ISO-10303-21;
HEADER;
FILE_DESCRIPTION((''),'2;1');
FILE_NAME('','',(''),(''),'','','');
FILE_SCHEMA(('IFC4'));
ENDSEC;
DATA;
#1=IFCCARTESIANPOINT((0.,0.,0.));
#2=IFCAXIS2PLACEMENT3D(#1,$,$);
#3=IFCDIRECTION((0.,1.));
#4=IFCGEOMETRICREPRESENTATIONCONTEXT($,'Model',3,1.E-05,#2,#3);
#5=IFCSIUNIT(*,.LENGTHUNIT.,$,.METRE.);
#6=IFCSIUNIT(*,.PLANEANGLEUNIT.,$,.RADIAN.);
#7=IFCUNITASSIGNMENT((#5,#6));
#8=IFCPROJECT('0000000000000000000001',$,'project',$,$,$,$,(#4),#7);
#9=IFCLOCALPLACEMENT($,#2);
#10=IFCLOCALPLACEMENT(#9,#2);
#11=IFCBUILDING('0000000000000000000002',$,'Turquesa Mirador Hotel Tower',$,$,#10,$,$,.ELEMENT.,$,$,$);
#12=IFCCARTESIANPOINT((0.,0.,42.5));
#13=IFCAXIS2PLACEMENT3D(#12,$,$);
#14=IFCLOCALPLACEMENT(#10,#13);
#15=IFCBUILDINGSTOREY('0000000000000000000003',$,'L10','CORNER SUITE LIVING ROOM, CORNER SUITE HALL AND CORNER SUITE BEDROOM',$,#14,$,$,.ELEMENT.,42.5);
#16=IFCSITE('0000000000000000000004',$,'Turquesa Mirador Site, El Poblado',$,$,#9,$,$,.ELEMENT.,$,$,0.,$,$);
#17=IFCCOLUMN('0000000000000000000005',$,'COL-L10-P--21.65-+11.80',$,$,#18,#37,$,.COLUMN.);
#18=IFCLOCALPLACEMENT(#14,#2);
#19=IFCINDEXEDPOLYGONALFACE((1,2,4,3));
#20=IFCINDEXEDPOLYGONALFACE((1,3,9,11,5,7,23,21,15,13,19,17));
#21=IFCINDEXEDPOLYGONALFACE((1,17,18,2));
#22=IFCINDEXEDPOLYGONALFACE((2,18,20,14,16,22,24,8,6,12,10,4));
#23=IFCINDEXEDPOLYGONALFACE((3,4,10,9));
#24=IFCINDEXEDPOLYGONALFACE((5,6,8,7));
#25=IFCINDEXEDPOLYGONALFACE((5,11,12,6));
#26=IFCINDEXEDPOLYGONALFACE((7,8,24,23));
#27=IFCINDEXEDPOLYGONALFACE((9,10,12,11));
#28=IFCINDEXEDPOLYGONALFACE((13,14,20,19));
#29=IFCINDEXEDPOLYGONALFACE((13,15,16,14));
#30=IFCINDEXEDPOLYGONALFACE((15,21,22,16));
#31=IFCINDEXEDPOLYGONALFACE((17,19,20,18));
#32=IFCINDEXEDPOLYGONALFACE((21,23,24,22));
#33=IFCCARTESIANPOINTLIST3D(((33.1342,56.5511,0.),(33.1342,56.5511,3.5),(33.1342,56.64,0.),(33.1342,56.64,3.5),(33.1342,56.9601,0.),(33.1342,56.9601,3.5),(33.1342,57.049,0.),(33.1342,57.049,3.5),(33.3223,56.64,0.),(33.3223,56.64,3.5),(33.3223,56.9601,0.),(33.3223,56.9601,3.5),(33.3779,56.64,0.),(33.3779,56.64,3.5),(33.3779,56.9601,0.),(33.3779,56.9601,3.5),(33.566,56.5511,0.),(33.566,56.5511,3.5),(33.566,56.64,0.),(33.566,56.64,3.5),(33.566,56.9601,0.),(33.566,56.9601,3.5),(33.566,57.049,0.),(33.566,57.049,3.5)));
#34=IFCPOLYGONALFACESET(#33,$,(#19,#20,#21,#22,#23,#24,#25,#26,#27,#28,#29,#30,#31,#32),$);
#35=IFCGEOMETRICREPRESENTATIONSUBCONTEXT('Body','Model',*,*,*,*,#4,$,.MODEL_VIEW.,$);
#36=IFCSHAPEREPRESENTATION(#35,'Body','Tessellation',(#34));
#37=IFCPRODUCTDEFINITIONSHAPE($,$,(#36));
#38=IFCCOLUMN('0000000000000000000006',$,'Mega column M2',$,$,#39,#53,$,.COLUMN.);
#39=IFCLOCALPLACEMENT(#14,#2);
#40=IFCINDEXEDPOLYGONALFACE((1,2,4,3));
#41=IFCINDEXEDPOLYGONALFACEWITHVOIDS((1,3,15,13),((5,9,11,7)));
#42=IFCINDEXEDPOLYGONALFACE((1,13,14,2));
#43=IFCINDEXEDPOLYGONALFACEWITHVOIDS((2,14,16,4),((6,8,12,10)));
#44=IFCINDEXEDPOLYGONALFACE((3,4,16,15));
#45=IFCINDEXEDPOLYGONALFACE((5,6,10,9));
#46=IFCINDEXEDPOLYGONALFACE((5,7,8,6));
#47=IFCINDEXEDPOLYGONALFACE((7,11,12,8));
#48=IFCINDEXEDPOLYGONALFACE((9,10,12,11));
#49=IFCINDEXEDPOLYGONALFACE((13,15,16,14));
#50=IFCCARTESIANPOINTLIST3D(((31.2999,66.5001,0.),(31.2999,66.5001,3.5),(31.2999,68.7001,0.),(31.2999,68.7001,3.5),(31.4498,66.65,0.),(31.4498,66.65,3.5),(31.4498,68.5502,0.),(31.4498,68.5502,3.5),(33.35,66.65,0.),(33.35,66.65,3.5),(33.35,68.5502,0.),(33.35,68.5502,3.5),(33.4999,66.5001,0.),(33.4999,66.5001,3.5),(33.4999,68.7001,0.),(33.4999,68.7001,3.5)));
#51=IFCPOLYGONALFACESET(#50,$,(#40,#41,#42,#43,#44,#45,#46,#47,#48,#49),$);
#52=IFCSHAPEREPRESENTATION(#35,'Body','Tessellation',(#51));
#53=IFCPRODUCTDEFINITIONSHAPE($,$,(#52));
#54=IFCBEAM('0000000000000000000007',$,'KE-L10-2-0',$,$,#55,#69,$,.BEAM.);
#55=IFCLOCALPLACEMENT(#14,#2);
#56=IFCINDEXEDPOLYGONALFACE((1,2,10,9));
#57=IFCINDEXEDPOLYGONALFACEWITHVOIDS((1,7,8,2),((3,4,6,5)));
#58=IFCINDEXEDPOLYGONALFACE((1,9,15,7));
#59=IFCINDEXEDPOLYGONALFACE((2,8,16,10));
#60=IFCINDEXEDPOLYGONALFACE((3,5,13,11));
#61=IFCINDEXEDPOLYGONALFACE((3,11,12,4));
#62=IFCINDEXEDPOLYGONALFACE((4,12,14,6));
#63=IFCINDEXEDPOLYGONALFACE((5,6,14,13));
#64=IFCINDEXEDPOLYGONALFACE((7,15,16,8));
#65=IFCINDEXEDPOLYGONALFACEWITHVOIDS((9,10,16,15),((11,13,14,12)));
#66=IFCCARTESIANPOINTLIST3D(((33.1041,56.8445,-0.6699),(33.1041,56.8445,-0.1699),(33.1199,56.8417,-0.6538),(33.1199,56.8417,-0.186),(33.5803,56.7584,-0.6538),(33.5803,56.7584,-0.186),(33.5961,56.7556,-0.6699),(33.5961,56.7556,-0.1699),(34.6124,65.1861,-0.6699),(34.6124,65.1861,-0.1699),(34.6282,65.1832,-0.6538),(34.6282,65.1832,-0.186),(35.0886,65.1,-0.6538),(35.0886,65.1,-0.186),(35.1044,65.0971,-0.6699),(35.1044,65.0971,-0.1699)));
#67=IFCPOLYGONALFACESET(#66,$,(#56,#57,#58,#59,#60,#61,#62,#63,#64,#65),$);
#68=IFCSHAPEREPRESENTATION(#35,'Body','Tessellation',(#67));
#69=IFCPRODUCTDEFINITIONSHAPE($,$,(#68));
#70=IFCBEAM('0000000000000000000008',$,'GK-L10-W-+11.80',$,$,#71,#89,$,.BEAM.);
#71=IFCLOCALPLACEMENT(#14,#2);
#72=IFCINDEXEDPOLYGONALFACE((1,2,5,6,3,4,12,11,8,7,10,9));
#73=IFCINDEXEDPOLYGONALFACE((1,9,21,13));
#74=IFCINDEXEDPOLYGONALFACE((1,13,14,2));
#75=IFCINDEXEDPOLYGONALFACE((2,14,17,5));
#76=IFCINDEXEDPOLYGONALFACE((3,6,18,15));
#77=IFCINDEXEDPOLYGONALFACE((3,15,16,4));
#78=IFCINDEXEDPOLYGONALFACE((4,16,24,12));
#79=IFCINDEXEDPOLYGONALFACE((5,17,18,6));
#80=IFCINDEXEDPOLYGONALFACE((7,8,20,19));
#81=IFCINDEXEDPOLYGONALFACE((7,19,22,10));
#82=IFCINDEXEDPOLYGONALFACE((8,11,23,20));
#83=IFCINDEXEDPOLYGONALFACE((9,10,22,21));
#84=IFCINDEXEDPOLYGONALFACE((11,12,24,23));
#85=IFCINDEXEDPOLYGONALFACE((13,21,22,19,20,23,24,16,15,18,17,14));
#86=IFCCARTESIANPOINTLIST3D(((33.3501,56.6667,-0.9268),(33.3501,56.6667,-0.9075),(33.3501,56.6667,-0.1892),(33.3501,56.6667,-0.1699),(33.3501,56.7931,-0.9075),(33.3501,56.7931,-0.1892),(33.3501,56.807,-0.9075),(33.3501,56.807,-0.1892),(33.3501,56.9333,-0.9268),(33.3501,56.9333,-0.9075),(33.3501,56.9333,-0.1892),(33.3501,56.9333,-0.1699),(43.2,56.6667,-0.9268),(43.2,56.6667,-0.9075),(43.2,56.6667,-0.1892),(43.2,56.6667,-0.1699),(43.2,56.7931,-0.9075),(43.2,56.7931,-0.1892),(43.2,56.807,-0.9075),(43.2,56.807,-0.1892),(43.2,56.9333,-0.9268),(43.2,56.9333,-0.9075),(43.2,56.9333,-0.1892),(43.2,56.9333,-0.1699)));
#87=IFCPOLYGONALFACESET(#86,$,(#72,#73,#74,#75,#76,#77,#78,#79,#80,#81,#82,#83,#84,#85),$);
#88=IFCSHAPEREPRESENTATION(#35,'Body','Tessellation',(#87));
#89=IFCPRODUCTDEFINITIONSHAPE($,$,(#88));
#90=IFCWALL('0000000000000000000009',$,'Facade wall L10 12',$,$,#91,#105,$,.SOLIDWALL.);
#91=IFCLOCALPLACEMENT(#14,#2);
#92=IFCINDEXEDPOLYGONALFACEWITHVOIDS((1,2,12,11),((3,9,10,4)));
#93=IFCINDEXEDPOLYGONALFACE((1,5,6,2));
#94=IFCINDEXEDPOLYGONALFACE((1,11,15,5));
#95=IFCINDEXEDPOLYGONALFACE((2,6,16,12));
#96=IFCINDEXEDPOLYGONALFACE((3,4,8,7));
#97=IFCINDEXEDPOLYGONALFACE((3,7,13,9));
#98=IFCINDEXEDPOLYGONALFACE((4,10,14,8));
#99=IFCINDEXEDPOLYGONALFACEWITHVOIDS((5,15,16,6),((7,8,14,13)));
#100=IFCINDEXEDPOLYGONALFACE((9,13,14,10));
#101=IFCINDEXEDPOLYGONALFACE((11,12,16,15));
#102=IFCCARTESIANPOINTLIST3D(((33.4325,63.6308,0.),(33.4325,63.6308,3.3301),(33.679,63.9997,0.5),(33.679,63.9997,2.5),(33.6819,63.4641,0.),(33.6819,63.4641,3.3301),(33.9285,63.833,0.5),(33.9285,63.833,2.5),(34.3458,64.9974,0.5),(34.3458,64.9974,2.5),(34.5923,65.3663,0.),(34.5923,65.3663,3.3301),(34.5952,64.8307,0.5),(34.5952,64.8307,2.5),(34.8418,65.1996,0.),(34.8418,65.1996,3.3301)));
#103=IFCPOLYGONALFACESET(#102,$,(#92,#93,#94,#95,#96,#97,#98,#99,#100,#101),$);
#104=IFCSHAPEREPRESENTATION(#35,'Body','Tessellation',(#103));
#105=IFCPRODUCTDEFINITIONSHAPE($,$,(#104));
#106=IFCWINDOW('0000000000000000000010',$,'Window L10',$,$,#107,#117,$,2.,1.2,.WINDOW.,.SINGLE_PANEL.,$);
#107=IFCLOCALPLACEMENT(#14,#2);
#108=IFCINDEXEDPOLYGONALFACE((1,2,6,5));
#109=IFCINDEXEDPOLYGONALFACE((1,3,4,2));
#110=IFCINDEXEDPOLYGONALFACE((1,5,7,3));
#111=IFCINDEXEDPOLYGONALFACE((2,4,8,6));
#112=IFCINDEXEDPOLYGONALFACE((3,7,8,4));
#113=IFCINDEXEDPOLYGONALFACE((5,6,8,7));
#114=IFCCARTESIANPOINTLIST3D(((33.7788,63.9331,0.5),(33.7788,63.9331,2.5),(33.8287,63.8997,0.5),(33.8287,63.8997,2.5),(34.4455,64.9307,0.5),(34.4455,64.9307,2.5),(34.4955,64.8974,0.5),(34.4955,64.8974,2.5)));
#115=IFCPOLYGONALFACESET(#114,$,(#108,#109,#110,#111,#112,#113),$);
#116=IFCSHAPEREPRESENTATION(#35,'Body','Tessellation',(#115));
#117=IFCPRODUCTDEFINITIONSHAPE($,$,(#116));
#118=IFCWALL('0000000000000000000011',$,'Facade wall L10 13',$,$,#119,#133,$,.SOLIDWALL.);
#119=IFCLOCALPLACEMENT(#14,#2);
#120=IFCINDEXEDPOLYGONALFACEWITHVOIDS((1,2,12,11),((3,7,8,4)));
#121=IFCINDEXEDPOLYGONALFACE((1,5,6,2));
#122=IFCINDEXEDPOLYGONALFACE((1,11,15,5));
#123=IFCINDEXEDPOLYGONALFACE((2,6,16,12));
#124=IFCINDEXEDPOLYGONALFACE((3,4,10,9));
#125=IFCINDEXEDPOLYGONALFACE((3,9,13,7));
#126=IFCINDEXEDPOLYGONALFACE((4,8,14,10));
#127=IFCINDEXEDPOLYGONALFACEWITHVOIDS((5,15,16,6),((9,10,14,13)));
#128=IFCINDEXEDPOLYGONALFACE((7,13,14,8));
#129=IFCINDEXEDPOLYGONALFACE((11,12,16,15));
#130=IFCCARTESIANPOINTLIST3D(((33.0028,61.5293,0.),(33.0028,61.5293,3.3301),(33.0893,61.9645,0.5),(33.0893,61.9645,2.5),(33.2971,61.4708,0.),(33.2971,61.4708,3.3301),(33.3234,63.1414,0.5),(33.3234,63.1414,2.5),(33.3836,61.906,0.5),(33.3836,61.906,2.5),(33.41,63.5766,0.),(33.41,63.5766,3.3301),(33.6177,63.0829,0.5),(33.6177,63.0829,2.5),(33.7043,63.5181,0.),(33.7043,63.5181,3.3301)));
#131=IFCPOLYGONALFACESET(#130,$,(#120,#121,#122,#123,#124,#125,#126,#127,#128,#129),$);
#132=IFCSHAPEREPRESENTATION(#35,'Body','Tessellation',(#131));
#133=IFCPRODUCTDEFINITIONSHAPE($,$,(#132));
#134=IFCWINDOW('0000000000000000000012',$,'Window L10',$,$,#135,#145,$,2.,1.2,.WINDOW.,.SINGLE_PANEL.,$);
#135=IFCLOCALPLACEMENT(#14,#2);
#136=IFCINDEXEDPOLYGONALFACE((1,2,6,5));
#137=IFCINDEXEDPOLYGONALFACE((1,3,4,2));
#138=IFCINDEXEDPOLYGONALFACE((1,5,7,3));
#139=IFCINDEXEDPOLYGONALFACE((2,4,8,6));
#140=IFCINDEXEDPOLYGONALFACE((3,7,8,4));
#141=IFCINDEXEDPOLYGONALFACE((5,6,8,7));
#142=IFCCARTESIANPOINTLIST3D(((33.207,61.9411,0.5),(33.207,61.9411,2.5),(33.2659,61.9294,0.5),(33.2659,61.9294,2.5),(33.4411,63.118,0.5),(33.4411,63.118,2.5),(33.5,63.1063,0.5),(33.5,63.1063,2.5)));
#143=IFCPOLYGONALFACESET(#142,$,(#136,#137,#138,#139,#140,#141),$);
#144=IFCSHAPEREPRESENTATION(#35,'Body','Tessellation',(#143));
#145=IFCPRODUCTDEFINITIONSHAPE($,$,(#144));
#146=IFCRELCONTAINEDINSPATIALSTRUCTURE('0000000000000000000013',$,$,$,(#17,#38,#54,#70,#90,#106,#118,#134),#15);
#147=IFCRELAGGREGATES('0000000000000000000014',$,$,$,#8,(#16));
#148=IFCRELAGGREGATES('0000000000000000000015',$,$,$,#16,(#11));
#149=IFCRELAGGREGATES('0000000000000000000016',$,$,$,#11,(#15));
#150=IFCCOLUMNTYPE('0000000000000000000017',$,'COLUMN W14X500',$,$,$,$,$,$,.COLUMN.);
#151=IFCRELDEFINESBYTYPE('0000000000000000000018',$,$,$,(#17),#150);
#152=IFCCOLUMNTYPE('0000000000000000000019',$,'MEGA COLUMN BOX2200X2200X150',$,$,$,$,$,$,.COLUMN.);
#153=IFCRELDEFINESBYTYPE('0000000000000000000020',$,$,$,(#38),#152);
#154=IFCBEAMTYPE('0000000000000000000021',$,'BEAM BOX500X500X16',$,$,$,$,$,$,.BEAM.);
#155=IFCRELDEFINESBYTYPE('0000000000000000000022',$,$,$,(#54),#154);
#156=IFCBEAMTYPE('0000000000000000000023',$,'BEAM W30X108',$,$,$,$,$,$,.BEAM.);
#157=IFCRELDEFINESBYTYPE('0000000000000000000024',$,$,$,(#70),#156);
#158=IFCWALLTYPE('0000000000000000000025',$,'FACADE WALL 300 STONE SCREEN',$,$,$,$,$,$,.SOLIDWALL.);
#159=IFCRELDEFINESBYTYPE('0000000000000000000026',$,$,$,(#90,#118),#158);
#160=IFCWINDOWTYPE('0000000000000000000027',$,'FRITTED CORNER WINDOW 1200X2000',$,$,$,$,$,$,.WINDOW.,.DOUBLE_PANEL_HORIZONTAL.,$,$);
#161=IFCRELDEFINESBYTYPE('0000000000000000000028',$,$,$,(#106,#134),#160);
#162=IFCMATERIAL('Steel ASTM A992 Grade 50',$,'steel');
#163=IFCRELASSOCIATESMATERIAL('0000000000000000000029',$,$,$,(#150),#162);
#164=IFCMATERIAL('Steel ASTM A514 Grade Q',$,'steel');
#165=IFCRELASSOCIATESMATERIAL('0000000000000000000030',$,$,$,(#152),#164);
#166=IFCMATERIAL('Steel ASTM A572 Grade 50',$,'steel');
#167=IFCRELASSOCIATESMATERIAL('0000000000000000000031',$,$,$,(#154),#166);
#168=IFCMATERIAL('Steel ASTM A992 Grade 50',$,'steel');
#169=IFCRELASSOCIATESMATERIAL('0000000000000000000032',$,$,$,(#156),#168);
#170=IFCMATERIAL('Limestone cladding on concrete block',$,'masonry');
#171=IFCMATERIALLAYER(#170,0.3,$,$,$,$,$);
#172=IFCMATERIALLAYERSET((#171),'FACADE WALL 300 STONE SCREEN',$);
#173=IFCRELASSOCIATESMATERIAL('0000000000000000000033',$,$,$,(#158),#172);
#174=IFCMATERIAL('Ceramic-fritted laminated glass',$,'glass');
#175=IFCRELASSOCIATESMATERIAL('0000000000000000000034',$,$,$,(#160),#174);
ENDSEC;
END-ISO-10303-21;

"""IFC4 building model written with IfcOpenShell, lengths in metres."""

from ifc_helpers import new_model, si_unit, direction, frame, frame_2d, origin, origin_2d, place, context, subcontext, project, spatial, rectangle, hollow_rectangle, i_section, extrude, material, layer, layer_set, material_profile, profile_set, type_object, element, fill, save


model = new_model("IFC4")

# Units and contexts
model_context = context("Model", 3, precision=1e-05, world=origin(), true_north=direction((0.0, 1.0)))
body_context = subcontext(model_context, "Body", "Model", "MODEL_VIEW")
ifc_project = project(units=[si_unit("LENGTHUNIT", "METRE"), si_unit("PLANEANGLEUNIT", "RADIAN")], contexts=[model_context])

# Site, building, storey
site_placement = place(None, origin())
site = spatial("IfcSite", under=ifc_project, at=site_placement, Name="Turquesa Mirador Site, El Poblado", CompositionType="ELEMENT", RefElevation=0.0)
building_placement = place(site_placement, origin())
building = spatial("IfcBuilding", under=site, at=building_placement, Name="Turquesa Mirador Hotel Tower", CompositionType="ELEMENT")
storey_placement = place(building_placement, frame((0.0, 0.0, 42.5)))
storey = spatial("IfcBuildingStorey", under=building, at=storey_placement, Name="L10", Description="CORNER SUITE LIVING ROOM, CORNER SUITE HALL AND CORNER SUITE BEDROOM", CompositionType="ELEMENT", Elevation=42.5)

# Columns
ifc_material_1 = material(Name="Steel ASTM A992 Grade 50", Category="steel")
ifc_material_profile_1 = material_profile(ifc_material_1, i_section(OverallWidth=0.4319, OverallDepth=0.4978, WebThickness=0.0557, FlangeThickness=0.0889, at=origin_2d()), Name="W14X500")
ifc_profile_set_1 = profile_set([ifc_material_profile_1], Name="Steel ASTM A992 Grade 50")
column_type_1 = type_object("IfcColumnType", Name="COLUMN W14X500", PredefinedType="COLUMN", material=ifc_profile_set_1)
column_1_placement = place(storey_placement, frame((33.3501, 56.8, 0.0), z_axis=(0.0, 0.0, 1.0), x_axis=(1.0, 0.0, 0.0)))
element("IfcColumn", 1, at=column_1_placement, inside=storey, type_object=column_type_1, Name="COL-L10-P--21.65-+11.80", PredefinedType="COLUMN", context=body_context, shape_type="SweptSolid", body=[
    extrude(i_section(OverallWidth=0.4319, OverallDepth=0.4978, WebThickness=0.0557, FlangeThickness=0.0889, at=origin_2d()), origin(), (0.0, 0.0, 1.0), 3.5),
])
ifc_material_2 = material(Name="Steel ASTM A514 Grade Q", Category="steel")
ifc_material_profile_2 = material_profile(ifc_material_2, hollow_rectangle(XDim=2.2, YDim=2.2, WallThickness=0.1499, at=origin_2d()), Name="BOX2200X2200X150")
ifc_profile_set_2 = profile_set([ifc_material_profile_2], Name="Steel ASTM A514 Grade Q")
column_type_2 = type_object("IfcColumnType", Name="MEGA COLUMN BOX2200X2200X150", PredefinedType="COLUMN", material=ifc_profile_set_2)
column_2_placement = place(storey_placement, frame((32.3999, 67.6001, 0.0), z_axis=(0.0, 0.0, 1.0), x_axis=(1.0, 0.0, 0.0)))
element("IfcColumn", 2, at=column_2_placement, inside=storey, type_object=column_type_2, Name="Mega column M2", PredefinedType="COLUMN", context=body_context, shape_type="SweptSolid", body=[
    extrude(hollow_rectangle(XDim=2.2, YDim=2.2, WallThickness=0.1499, at=origin_2d()), origin(), (0.0, 0.0, 1.0), 3.5),
])

# Beams
ifc_material_3 = material(Name="Steel ASTM A572 Grade 50", Category="steel")
ifc_material_profile_3 = material_profile(ifc_material_3, hollow_rectangle(XDim=0.5, YDim=0.5, WallThickness=0.0161, at=origin_2d()), Name="BOX500X500X16")
ifc_profile_set_3 = profile_set([ifc_material_profile_3], Name="Steel ASTM A572 Grade 50")
beam_type_1 = type_object("IfcBeamType", Name="BEAM BOX500X500X16", PredefinedType="BEAM", material=ifc_profile_set_3)
beam_1_placement = place(storey_placement, frame((33.3501, 56.8, -0.4199), z_axis=(0.177932, 0.984043, 0.0), x_axis=(-0.984043, 0.177932, 0.0)))
element("IfcBeam", 3, at=beam_1_placement, inside=storey, type_object=beam_type_1, Name="KE-L10-2-0", PredefinedType="BEAM", context=body_context, shape_type="SweptSolid", body=[
    extrude(hollow_rectangle(XDim=0.5, YDim=0.5, WallThickness=0.0161, at=origin_2d()), origin(), (0.0, 0.0, 1.0), 8.4768),
])
ifc_material_4 = material(Name="Steel ASTM A992 Grade 50", Category="steel")
ifc_material_profile_4 = material_profile(ifc_material_4, i_section(OverallWidth=0.2666, OverallDepth=0.7568, WebThickness=0.0139, FlangeThickness=0.0193, at=origin_2d()), Name="W30X108")
ifc_profile_set_4 = profile_set([ifc_material_profile_4], Name="Steel ASTM A992 Grade 50")
beam_type_2 = type_object("IfcBeamType", Name="BEAM W30X108", PredefinedType="BEAM", material=ifc_profile_set_4)
beam_2_placement = place(storey_placement, frame((33.3501, 56.8, -0.5483), z_axis=(1.0, 0.0, 0.0), x_axis=(0.0, 1.0, 0.0)))
element("IfcBeam", 4, at=beam_2_placement, inside=storey, type_object=beam_type_2, Name="GK-L10-W-+11.80", PredefinedType="BEAM", context=body_context, shape_type="SweptSolid", body=[
    extrude(i_section(OverallWidth=0.2666, OverallDepth=0.7568, WebThickness=0.0139, FlangeThickness=0.0193, at=origin_2d()), origin(), (0.0, 0.0, 1.0), 9.8499),
])

# Walls, openings, windows
ifc_material_5 = material(Name="Limestone cladding on concrete block", Category="masonry")
ifc_layer_1 = layer(ifc_material_5, 0.3)
ifc_layer_set_1 = layer_set([ifc_layer_1], Name="FACADE WALL 300 STONE SCREEN")
wall_type_1 = type_object("IfcWallType", Name="FACADE WALL 300 STONE SCREEN", PredefinedType="SOLIDWALL", material=ifc_layer_set_1)
wall_1_placement = place(storey_placement, frame((34.717, 65.283, 0.0), z_axis=(0.0, 0.0, 1.0), x_axis=(-0.555644, -0.83142, 0.0)))
wall_1 = element("IfcWall", 5, at=wall_1_placement, inside=storey, type_object=wall_type_1, Name="Facade wall L10 12", PredefinedType="SOLIDWALL", context=body_context, shape_type="SweptSolid", body=[
    extrude(rectangle(XDim=2.0874, YDim=0.3, at=frame_2d((1.0437, 0.0))), origin(), (0.0, 0.0, 1.0), 3.3301),
])
opening_1_placement = place(wall_1_placement, frame((0.4436, 0.0, 0.5)))
opening_1 = element("IfcOpeningElement", 6, at=opening_1_placement, cuts=wall_1, PredefinedType="OPENING", context=body_context, shape_type="SweptSolid", body=[
    extrude(rectangle(XDim=1.2, YDim=2.0, at=frame_2d((0.6001, 1.0))), frame((0.0, 0.1599, 0.0), z_axis=(0.0, -1.0, 0.0), x_axis=(1.0, 0.0, 0.0)), (0.0, 0.0, 1.0), 0.3201),
])
ifc_material_6 = material(Name="Ceramic-fritted laminated glass", Category="glass")
window_type_1 = type_object("IfcWindowType", Name="FRITTED CORNER WINDOW 1200X2000", PartitioningType="DOUBLE_PANEL_HORIZONTAL", PredefinedType="WINDOW", material=ifc_material_6)
window_1_placement = place(opening_1_placement, origin())
window_1 = element("IfcWindow", 7, at=window_1_placement, inside=storey, type_object=window_type_1, Name="Window L10", OverallHeight=2.0, OverallWidth=1.2, PartitioningType="SINGLE_PANEL", PredefinedType="WINDOW", context=body_context, shape_type="SweptSolid", body=[
    extrude(rectangle(XDim=1.2, YDim=2.0, at=frame_2d((0.6001, 1.0))), frame((0.0, 0.03, 0.0), z_axis=(0.0, -1.0, 0.0), x_axis=(1.0, 0.0, 0.0)), (0.0, 0.0, 1.0), 0.0601),
])
fill(opening_1, window_1)
wall_2_placement = place(storey_placement, frame((33.5571, 63.5474, 0.0), z_axis=(0.0, 0.0, 1.0), x_axis=(-0.195081, -0.980787, 0.0)))
wall_2 = element("IfcWall", 8, at=wall_2_placement, inside=storey, type_object=wall_type_1, Name="Facade wall L10 13", PredefinedType="SOLIDWALL", context=body_context, shape_type="SweptSolid", body=[
    extrude(rectangle(XDim=2.0874, YDim=0.3, at=frame_2d((1.0437, 0.0))), origin(), (0.0, 0.0, 1.0), 3.3301),
])
opening_2_placement = place(wall_2_placement, frame((0.4436, 0.0, 0.5)))
opening_2 = element("IfcOpeningElement", 9, at=opening_2_placement, cuts=wall_2, PredefinedType="OPENING", context=body_context, shape_type="SweptSolid", body=[
    extrude(rectangle(XDim=1.2, YDim=2.0, at=frame_2d((0.6001, 1.0))), frame((0.0, 0.1599, 0.0), z_axis=(0.0, -1.0, 0.0), x_axis=(1.0, 0.0, 0.0)), (0.0, 0.0, 1.0), 0.3201),
])
window_2_placement = place(opening_2_placement, origin())
window_2 = element("IfcWindow", 10, at=window_2_placement, inside=storey, type_object=window_type_1, Name="Window L10", OverallHeight=2.0, OverallWidth=1.2, PartitioningType="SINGLE_PANEL", PredefinedType="WINDOW", context=body_context, shape_type="SweptSolid", body=[
    extrude(rectangle(XDim=1.2, YDim=2.0, at=frame_2d((0.6001, 1.0))), frame((0.0, 0.03, 0.0), z_axis=(0.0, -1.0, 0.0), x_axis=(1.0, 0.0, 0.0)), (0.0, 0.0, 1.0), 0.0601),
])
fill(opening_2, window_2)

save(model, "model.ifc")
